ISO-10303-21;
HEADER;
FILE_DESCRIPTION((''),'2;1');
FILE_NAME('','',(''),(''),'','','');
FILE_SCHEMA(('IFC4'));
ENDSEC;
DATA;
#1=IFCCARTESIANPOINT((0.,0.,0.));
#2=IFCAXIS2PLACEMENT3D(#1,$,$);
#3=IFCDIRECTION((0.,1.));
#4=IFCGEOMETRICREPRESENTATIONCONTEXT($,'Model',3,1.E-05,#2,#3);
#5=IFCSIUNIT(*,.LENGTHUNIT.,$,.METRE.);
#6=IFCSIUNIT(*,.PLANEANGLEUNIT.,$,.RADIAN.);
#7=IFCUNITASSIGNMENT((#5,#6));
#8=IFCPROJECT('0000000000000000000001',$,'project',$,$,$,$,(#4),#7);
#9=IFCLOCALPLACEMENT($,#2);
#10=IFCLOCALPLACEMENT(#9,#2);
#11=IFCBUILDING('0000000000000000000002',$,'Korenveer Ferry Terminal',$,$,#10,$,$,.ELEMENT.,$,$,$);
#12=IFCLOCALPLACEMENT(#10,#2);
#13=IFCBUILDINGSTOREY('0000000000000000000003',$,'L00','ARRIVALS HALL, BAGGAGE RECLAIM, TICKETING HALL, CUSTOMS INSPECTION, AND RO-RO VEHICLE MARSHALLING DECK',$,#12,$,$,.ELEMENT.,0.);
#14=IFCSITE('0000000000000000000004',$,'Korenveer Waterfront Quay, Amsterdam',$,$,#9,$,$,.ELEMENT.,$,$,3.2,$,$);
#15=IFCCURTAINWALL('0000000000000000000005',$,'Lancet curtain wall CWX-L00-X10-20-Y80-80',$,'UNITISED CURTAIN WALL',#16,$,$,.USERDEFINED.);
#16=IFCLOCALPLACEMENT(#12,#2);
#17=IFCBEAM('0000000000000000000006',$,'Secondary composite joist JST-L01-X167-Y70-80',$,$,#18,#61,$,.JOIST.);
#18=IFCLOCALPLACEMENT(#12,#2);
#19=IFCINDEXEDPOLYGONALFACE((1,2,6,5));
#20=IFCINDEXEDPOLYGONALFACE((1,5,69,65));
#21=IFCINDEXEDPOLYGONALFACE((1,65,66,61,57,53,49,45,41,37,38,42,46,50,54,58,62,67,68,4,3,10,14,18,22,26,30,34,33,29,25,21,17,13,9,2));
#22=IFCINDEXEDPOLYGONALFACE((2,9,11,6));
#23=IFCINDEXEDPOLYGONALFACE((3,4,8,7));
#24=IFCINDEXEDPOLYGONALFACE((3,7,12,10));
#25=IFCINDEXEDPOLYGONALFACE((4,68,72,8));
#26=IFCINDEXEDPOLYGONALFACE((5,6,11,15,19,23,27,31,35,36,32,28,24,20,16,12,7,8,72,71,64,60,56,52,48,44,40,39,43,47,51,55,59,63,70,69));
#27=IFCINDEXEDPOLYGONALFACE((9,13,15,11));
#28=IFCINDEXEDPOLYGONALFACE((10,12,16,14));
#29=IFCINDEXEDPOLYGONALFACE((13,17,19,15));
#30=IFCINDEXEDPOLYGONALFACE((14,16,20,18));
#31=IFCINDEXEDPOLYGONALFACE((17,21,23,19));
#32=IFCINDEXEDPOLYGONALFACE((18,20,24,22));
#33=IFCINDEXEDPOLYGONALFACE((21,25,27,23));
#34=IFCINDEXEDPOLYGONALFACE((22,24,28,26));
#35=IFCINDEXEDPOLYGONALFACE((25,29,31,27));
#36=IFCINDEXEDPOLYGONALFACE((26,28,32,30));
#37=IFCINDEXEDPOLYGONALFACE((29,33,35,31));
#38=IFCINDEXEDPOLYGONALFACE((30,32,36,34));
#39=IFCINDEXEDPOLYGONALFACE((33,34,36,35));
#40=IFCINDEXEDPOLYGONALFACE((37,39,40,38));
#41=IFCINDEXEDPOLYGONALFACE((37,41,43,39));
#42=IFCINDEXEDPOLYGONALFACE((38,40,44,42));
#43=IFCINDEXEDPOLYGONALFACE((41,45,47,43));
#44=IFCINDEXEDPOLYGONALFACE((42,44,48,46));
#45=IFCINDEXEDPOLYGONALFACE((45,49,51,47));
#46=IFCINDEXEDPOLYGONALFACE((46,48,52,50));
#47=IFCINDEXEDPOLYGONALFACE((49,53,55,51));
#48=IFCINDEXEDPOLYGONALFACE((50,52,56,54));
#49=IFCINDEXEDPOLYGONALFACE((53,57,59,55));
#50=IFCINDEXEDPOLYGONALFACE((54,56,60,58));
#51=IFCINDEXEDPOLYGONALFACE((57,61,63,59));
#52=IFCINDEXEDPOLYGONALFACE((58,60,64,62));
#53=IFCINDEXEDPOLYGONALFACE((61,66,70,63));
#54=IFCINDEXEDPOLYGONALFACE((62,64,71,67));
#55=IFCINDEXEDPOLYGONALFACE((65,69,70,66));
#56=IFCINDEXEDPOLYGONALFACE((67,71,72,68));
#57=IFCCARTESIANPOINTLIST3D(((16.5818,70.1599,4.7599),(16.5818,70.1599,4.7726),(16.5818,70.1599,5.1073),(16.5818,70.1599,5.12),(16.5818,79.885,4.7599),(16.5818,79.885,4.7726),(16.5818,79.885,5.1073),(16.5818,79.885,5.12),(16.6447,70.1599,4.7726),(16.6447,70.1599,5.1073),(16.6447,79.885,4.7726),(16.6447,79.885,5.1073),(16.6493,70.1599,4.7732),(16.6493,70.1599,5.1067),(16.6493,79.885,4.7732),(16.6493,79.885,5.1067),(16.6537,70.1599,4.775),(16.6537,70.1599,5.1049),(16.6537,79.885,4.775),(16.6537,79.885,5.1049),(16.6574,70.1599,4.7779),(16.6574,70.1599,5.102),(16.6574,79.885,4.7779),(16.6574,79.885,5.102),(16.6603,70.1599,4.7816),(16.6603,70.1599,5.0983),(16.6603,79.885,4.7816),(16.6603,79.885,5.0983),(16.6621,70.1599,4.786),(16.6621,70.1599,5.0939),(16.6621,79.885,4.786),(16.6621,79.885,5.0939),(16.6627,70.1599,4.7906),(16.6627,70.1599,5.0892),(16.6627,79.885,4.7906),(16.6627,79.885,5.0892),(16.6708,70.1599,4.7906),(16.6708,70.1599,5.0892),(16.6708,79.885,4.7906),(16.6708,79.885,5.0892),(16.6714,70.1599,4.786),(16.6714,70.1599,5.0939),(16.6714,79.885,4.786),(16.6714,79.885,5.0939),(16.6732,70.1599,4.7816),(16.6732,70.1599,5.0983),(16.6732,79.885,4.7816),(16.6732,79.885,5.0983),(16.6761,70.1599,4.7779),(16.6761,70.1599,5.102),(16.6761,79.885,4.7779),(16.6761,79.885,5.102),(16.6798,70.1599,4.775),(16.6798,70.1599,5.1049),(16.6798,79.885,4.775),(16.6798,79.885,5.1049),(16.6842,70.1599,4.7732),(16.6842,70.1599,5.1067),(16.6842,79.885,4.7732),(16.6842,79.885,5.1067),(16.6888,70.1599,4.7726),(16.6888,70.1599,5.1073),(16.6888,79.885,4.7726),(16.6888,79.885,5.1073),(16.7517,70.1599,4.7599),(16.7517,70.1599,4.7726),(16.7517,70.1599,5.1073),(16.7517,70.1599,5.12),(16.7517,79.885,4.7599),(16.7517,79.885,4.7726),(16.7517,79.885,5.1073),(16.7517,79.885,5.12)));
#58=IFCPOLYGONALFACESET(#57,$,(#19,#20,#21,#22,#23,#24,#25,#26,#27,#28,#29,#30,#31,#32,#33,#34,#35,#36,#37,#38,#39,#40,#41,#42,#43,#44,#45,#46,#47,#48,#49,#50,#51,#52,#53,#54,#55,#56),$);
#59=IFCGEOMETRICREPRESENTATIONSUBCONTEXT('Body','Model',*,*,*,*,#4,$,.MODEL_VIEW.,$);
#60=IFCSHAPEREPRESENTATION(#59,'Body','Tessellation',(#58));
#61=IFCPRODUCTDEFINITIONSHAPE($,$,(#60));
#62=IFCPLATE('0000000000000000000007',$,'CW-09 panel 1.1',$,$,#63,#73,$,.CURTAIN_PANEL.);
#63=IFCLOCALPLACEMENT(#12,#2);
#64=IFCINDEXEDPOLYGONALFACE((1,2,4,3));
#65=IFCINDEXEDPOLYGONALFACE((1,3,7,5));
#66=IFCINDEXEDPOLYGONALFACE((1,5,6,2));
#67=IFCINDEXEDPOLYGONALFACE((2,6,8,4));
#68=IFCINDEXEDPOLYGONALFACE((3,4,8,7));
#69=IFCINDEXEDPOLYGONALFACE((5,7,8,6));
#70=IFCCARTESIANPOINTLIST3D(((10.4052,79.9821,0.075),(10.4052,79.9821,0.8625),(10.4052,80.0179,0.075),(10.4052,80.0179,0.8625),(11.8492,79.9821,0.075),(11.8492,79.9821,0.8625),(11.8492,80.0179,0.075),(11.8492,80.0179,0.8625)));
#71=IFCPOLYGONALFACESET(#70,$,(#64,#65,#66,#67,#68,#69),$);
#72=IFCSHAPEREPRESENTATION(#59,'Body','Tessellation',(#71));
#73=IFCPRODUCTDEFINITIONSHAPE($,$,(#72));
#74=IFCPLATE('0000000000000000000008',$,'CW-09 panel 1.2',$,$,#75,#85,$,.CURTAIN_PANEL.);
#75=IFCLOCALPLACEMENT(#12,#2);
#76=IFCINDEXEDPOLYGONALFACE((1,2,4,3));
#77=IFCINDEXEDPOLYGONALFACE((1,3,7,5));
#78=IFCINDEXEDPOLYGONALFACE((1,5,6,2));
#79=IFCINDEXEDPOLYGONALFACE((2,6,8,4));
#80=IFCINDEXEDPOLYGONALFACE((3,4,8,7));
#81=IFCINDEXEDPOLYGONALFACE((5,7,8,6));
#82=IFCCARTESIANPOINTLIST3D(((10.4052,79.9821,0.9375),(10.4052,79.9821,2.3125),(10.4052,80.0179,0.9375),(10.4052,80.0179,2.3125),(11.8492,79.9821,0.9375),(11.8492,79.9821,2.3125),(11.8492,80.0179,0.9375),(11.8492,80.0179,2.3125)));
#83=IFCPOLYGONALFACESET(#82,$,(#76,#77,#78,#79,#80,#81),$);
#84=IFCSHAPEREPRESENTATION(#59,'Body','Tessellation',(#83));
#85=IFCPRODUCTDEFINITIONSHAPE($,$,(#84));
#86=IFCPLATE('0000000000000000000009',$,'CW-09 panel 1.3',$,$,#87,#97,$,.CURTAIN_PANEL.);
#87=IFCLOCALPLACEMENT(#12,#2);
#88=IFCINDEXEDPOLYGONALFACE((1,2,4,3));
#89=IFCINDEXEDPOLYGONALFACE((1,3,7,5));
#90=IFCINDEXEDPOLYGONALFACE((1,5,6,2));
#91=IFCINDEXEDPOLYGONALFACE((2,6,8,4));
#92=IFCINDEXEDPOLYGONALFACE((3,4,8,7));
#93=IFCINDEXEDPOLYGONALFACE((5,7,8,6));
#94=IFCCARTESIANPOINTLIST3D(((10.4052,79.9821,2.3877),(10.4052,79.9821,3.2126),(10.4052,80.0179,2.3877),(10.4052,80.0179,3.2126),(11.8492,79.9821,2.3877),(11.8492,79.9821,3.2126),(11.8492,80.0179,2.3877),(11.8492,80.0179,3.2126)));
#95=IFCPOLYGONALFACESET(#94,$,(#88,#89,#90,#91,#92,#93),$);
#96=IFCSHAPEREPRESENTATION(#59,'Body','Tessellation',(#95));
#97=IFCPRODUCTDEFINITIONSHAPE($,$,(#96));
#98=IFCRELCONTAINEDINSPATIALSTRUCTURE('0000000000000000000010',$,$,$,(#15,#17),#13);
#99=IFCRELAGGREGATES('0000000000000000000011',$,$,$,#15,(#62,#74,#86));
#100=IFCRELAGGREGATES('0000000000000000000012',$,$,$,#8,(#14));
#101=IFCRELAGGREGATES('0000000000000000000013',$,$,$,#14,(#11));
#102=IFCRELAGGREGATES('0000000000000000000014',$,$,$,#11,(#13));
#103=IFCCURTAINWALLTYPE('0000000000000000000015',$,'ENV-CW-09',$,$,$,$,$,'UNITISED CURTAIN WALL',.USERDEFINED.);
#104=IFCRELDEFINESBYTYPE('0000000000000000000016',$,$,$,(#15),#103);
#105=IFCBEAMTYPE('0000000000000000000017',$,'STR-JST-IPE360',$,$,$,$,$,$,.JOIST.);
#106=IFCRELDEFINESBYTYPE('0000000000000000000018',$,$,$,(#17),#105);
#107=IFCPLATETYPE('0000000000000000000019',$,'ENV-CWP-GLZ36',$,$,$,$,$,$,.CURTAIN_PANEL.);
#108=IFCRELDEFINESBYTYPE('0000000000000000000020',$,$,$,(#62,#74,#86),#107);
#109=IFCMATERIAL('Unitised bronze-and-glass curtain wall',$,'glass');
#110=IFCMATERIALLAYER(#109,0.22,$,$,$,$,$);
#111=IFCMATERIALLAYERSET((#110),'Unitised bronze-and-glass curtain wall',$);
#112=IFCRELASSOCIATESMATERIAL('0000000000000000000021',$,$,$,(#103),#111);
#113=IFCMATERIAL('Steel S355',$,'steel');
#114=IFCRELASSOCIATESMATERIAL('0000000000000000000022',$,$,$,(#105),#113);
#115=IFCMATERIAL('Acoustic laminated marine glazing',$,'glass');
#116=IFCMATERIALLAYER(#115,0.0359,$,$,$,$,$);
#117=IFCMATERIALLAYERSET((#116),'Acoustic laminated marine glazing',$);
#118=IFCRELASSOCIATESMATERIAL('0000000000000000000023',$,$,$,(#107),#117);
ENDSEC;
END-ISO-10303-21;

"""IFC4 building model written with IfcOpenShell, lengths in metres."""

from ifc_helpers import new_model, si_unit, direction, frame, origin, origin_2d, place, context, subcontext, project, spatial, rectangle, i_section, extrude, material, layer, layer_set, material_profile, profile_set, type_object, element, aggregate, save


model = new_model("IFC4")

# Units and contexts
model_context = context("Model", 3, precision=1e-05, world=origin(), true_north=direction((0.0, 1.0)))
body_context = subcontext(model_context, "Body", "Model", "MODEL_VIEW")
ifc_project = project(units=[si_unit("LENGTHUNIT", "METRE"), si_unit("PLANEANGLEUNIT", "RADIAN")], contexts=[model_context])

# Site, building, storey
site_placement = place(None, origin())
site = spatial("IfcSite", under=ifc_project, at=site_placement, Name="Korenveer Waterfront Quay, Amsterdam", CompositionType="ELEMENT", RefElevation=3.2)
building_placement = place(site_placement, origin())
building = spatial("IfcBuilding", under=site, at=building_placement, Name="Korenveer Ferry Terminal", CompositionType="ELEMENT")
storey_placement = place(building_placement, origin())
storey = spatial("IfcBuildingStorey", under=building, at=storey_placement, Name="L00", Description="ARRIVALS HALL, BAGGAGE RECLAIM, TICKETING HALL, CUSTOMS INSPECTION, AND RO-RO VEHICLE MARSHALLING DECK", CompositionType="ELEMENT", Elevation=0.0)

# Curtain wall
ifc_material_1 = material(Name="Unitised bronze-and-glass curtain wall", Category="glass")
ifc_layer_1 = layer(ifc_material_1, 0.22)
ifc_layer_set_1 = layer_set([ifc_layer_1], Name="Unitised bronze-and-glass curtain wall")
curtain_wall_type = type_object("IfcCurtainWallType", Name="ENV-CW-09", ElementType="UNITISED CURTAIN WALL", PredefinedType="USERDEFINED", material=ifc_layer_set_1)
curtain_wall_placement = place(storey_placement, frame((10.3301, 80.0, 0.0)))
curtain_wall = element("IfcCurtainWall", 1, at=curtain_wall_placement, inside=storey, type_object=curtain_wall_type, Name="Lancet curtain wall CWX-L00-X10-20-Y80-80", ObjectType="UNITISED CURTAIN WALL", PredefinedType="USERDEFINED")

# Beam
ifc_material_2 = material(Name="Steel S355", Category="steel")
ifc_material_profile_1 = material_profile(ifc_material_2, i_section(OverallWidth=0.1699, OverallDepth=0.3601, WebThickness=0.0081, FlangeThickness=0.0127, FilletRadius=0.0181, at=origin_2d()), Name="IPE 360")
ifc_profile_set_1 = profile_set([ifc_material_profile_1], Name="Steel S355")
beam_type_1 = type_object("IfcBeamType", Name="STR-JST-IPE360", PredefinedType="JOIST", material=ifc_profile_set_1)
for number, where, z_axis, x_axis, name in (
    (2, (16.6667, 70.1599, 4.9399), (0.0, 1.0, 0.0), (-1.0, 0.0, 0.0), "Secondary composite joist JST-L01-X167-Y70-80"),
):
    element("IfcBeam", number, at=place(storey_placement, frame(where, z_axis=z_axis, x_axis=x_axis)), inside=storey, type_object=beam_type_1, Name=name, PredefinedType="JOIST", context=body_context, shape_type="SweptSolid", body=[
        extrude(i_section(OverallWidth=0.1699, OverallDepth=0.3601, WebThickness=0.0081, FlangeThickness=0.0127, FilletRadius=0.0181, at=origin_2d()), origin(), (0.0, 0.0, 1.0), 9.7251),
    ])

# Plates
ifc_material_3 = material(Name="Acoustic laminated marine glazing", Category="glass")
ifc_layer_2 = layer(ifc_material_3, 0.0359)
ifc_layer_set_2 = layer_set([ifc_layer_2], Name="Acoustic laminated marine glazing")
plate_type = type_object("IfcPlateType", Name="ENV-CWP-GLZ36", PredefinedType="CURTAIN_PANEL", material=ifc_layer_set_2)
plate_1_placement = place(storey_placement, frame((11.1272, 80.0, 0.075), z_axis=(0.0, 0.0, 1.0), x_axis=(1.0, 0.0, 0.0)))
plate_1 = element("IfcPlate", 3, at=plate_1_placement, type_object=plate_type, Name="CW-09 panel 1.1", PredefinedType="CURTAIN_PANEL", context=body_context, shape_type="SweptSolid", body=[
    extrude(rectangle(XDim=1.4441, YDim=0.0359, at=origin_2d()), origin(), (0.0, 0.0, 1.0), 0.7876),
])
plate_2_placement = place(storey_placement, frame((11.1272, 80.0, 0.9375), z_axis=(0.0, 0.0, 1.0), x_axis=(1.0, 0.0, 0.0)))
plate_2 = element("IfcPlate", 4, at=plate_2_placement, type_object=plate_type, Name="CW-09 panel 1.2", PredefinedType="CURTAIN_PANEL", context=body_context, shape_type="SweptSolid", body=[
    extrude(rectangle(XDim=1.4441, YDim=0.0359, at=origin_2d()), origin(), (0.0, 0.0, 1.0), 1.375),
])
plate_3_placement = place(storey_placement, frame((11.1272, 80.0, 2.3877), z_axis=(0.0, 0.0, 1.0), x_axis=(1.0, 0.0, 0.0)))
plate_3 = element("IfcPlate", 5, at=plate_3_placement, type_object=plate_type, Name="CW-09 panel 1.3", PredefinedType="CURTAIN_PANEL", context=body_context, shape_type="SweptSolid", body=[
    extrude(rectangle(XDim=1.4441, YDim=0.0359, at=origin_2d()), origin(), (0.0, 0.0, 1.0), 0.825),
])
aggregate(curtain_wall, [plate_1, plate_2, plate_3])

save(model, "model.ifc")
